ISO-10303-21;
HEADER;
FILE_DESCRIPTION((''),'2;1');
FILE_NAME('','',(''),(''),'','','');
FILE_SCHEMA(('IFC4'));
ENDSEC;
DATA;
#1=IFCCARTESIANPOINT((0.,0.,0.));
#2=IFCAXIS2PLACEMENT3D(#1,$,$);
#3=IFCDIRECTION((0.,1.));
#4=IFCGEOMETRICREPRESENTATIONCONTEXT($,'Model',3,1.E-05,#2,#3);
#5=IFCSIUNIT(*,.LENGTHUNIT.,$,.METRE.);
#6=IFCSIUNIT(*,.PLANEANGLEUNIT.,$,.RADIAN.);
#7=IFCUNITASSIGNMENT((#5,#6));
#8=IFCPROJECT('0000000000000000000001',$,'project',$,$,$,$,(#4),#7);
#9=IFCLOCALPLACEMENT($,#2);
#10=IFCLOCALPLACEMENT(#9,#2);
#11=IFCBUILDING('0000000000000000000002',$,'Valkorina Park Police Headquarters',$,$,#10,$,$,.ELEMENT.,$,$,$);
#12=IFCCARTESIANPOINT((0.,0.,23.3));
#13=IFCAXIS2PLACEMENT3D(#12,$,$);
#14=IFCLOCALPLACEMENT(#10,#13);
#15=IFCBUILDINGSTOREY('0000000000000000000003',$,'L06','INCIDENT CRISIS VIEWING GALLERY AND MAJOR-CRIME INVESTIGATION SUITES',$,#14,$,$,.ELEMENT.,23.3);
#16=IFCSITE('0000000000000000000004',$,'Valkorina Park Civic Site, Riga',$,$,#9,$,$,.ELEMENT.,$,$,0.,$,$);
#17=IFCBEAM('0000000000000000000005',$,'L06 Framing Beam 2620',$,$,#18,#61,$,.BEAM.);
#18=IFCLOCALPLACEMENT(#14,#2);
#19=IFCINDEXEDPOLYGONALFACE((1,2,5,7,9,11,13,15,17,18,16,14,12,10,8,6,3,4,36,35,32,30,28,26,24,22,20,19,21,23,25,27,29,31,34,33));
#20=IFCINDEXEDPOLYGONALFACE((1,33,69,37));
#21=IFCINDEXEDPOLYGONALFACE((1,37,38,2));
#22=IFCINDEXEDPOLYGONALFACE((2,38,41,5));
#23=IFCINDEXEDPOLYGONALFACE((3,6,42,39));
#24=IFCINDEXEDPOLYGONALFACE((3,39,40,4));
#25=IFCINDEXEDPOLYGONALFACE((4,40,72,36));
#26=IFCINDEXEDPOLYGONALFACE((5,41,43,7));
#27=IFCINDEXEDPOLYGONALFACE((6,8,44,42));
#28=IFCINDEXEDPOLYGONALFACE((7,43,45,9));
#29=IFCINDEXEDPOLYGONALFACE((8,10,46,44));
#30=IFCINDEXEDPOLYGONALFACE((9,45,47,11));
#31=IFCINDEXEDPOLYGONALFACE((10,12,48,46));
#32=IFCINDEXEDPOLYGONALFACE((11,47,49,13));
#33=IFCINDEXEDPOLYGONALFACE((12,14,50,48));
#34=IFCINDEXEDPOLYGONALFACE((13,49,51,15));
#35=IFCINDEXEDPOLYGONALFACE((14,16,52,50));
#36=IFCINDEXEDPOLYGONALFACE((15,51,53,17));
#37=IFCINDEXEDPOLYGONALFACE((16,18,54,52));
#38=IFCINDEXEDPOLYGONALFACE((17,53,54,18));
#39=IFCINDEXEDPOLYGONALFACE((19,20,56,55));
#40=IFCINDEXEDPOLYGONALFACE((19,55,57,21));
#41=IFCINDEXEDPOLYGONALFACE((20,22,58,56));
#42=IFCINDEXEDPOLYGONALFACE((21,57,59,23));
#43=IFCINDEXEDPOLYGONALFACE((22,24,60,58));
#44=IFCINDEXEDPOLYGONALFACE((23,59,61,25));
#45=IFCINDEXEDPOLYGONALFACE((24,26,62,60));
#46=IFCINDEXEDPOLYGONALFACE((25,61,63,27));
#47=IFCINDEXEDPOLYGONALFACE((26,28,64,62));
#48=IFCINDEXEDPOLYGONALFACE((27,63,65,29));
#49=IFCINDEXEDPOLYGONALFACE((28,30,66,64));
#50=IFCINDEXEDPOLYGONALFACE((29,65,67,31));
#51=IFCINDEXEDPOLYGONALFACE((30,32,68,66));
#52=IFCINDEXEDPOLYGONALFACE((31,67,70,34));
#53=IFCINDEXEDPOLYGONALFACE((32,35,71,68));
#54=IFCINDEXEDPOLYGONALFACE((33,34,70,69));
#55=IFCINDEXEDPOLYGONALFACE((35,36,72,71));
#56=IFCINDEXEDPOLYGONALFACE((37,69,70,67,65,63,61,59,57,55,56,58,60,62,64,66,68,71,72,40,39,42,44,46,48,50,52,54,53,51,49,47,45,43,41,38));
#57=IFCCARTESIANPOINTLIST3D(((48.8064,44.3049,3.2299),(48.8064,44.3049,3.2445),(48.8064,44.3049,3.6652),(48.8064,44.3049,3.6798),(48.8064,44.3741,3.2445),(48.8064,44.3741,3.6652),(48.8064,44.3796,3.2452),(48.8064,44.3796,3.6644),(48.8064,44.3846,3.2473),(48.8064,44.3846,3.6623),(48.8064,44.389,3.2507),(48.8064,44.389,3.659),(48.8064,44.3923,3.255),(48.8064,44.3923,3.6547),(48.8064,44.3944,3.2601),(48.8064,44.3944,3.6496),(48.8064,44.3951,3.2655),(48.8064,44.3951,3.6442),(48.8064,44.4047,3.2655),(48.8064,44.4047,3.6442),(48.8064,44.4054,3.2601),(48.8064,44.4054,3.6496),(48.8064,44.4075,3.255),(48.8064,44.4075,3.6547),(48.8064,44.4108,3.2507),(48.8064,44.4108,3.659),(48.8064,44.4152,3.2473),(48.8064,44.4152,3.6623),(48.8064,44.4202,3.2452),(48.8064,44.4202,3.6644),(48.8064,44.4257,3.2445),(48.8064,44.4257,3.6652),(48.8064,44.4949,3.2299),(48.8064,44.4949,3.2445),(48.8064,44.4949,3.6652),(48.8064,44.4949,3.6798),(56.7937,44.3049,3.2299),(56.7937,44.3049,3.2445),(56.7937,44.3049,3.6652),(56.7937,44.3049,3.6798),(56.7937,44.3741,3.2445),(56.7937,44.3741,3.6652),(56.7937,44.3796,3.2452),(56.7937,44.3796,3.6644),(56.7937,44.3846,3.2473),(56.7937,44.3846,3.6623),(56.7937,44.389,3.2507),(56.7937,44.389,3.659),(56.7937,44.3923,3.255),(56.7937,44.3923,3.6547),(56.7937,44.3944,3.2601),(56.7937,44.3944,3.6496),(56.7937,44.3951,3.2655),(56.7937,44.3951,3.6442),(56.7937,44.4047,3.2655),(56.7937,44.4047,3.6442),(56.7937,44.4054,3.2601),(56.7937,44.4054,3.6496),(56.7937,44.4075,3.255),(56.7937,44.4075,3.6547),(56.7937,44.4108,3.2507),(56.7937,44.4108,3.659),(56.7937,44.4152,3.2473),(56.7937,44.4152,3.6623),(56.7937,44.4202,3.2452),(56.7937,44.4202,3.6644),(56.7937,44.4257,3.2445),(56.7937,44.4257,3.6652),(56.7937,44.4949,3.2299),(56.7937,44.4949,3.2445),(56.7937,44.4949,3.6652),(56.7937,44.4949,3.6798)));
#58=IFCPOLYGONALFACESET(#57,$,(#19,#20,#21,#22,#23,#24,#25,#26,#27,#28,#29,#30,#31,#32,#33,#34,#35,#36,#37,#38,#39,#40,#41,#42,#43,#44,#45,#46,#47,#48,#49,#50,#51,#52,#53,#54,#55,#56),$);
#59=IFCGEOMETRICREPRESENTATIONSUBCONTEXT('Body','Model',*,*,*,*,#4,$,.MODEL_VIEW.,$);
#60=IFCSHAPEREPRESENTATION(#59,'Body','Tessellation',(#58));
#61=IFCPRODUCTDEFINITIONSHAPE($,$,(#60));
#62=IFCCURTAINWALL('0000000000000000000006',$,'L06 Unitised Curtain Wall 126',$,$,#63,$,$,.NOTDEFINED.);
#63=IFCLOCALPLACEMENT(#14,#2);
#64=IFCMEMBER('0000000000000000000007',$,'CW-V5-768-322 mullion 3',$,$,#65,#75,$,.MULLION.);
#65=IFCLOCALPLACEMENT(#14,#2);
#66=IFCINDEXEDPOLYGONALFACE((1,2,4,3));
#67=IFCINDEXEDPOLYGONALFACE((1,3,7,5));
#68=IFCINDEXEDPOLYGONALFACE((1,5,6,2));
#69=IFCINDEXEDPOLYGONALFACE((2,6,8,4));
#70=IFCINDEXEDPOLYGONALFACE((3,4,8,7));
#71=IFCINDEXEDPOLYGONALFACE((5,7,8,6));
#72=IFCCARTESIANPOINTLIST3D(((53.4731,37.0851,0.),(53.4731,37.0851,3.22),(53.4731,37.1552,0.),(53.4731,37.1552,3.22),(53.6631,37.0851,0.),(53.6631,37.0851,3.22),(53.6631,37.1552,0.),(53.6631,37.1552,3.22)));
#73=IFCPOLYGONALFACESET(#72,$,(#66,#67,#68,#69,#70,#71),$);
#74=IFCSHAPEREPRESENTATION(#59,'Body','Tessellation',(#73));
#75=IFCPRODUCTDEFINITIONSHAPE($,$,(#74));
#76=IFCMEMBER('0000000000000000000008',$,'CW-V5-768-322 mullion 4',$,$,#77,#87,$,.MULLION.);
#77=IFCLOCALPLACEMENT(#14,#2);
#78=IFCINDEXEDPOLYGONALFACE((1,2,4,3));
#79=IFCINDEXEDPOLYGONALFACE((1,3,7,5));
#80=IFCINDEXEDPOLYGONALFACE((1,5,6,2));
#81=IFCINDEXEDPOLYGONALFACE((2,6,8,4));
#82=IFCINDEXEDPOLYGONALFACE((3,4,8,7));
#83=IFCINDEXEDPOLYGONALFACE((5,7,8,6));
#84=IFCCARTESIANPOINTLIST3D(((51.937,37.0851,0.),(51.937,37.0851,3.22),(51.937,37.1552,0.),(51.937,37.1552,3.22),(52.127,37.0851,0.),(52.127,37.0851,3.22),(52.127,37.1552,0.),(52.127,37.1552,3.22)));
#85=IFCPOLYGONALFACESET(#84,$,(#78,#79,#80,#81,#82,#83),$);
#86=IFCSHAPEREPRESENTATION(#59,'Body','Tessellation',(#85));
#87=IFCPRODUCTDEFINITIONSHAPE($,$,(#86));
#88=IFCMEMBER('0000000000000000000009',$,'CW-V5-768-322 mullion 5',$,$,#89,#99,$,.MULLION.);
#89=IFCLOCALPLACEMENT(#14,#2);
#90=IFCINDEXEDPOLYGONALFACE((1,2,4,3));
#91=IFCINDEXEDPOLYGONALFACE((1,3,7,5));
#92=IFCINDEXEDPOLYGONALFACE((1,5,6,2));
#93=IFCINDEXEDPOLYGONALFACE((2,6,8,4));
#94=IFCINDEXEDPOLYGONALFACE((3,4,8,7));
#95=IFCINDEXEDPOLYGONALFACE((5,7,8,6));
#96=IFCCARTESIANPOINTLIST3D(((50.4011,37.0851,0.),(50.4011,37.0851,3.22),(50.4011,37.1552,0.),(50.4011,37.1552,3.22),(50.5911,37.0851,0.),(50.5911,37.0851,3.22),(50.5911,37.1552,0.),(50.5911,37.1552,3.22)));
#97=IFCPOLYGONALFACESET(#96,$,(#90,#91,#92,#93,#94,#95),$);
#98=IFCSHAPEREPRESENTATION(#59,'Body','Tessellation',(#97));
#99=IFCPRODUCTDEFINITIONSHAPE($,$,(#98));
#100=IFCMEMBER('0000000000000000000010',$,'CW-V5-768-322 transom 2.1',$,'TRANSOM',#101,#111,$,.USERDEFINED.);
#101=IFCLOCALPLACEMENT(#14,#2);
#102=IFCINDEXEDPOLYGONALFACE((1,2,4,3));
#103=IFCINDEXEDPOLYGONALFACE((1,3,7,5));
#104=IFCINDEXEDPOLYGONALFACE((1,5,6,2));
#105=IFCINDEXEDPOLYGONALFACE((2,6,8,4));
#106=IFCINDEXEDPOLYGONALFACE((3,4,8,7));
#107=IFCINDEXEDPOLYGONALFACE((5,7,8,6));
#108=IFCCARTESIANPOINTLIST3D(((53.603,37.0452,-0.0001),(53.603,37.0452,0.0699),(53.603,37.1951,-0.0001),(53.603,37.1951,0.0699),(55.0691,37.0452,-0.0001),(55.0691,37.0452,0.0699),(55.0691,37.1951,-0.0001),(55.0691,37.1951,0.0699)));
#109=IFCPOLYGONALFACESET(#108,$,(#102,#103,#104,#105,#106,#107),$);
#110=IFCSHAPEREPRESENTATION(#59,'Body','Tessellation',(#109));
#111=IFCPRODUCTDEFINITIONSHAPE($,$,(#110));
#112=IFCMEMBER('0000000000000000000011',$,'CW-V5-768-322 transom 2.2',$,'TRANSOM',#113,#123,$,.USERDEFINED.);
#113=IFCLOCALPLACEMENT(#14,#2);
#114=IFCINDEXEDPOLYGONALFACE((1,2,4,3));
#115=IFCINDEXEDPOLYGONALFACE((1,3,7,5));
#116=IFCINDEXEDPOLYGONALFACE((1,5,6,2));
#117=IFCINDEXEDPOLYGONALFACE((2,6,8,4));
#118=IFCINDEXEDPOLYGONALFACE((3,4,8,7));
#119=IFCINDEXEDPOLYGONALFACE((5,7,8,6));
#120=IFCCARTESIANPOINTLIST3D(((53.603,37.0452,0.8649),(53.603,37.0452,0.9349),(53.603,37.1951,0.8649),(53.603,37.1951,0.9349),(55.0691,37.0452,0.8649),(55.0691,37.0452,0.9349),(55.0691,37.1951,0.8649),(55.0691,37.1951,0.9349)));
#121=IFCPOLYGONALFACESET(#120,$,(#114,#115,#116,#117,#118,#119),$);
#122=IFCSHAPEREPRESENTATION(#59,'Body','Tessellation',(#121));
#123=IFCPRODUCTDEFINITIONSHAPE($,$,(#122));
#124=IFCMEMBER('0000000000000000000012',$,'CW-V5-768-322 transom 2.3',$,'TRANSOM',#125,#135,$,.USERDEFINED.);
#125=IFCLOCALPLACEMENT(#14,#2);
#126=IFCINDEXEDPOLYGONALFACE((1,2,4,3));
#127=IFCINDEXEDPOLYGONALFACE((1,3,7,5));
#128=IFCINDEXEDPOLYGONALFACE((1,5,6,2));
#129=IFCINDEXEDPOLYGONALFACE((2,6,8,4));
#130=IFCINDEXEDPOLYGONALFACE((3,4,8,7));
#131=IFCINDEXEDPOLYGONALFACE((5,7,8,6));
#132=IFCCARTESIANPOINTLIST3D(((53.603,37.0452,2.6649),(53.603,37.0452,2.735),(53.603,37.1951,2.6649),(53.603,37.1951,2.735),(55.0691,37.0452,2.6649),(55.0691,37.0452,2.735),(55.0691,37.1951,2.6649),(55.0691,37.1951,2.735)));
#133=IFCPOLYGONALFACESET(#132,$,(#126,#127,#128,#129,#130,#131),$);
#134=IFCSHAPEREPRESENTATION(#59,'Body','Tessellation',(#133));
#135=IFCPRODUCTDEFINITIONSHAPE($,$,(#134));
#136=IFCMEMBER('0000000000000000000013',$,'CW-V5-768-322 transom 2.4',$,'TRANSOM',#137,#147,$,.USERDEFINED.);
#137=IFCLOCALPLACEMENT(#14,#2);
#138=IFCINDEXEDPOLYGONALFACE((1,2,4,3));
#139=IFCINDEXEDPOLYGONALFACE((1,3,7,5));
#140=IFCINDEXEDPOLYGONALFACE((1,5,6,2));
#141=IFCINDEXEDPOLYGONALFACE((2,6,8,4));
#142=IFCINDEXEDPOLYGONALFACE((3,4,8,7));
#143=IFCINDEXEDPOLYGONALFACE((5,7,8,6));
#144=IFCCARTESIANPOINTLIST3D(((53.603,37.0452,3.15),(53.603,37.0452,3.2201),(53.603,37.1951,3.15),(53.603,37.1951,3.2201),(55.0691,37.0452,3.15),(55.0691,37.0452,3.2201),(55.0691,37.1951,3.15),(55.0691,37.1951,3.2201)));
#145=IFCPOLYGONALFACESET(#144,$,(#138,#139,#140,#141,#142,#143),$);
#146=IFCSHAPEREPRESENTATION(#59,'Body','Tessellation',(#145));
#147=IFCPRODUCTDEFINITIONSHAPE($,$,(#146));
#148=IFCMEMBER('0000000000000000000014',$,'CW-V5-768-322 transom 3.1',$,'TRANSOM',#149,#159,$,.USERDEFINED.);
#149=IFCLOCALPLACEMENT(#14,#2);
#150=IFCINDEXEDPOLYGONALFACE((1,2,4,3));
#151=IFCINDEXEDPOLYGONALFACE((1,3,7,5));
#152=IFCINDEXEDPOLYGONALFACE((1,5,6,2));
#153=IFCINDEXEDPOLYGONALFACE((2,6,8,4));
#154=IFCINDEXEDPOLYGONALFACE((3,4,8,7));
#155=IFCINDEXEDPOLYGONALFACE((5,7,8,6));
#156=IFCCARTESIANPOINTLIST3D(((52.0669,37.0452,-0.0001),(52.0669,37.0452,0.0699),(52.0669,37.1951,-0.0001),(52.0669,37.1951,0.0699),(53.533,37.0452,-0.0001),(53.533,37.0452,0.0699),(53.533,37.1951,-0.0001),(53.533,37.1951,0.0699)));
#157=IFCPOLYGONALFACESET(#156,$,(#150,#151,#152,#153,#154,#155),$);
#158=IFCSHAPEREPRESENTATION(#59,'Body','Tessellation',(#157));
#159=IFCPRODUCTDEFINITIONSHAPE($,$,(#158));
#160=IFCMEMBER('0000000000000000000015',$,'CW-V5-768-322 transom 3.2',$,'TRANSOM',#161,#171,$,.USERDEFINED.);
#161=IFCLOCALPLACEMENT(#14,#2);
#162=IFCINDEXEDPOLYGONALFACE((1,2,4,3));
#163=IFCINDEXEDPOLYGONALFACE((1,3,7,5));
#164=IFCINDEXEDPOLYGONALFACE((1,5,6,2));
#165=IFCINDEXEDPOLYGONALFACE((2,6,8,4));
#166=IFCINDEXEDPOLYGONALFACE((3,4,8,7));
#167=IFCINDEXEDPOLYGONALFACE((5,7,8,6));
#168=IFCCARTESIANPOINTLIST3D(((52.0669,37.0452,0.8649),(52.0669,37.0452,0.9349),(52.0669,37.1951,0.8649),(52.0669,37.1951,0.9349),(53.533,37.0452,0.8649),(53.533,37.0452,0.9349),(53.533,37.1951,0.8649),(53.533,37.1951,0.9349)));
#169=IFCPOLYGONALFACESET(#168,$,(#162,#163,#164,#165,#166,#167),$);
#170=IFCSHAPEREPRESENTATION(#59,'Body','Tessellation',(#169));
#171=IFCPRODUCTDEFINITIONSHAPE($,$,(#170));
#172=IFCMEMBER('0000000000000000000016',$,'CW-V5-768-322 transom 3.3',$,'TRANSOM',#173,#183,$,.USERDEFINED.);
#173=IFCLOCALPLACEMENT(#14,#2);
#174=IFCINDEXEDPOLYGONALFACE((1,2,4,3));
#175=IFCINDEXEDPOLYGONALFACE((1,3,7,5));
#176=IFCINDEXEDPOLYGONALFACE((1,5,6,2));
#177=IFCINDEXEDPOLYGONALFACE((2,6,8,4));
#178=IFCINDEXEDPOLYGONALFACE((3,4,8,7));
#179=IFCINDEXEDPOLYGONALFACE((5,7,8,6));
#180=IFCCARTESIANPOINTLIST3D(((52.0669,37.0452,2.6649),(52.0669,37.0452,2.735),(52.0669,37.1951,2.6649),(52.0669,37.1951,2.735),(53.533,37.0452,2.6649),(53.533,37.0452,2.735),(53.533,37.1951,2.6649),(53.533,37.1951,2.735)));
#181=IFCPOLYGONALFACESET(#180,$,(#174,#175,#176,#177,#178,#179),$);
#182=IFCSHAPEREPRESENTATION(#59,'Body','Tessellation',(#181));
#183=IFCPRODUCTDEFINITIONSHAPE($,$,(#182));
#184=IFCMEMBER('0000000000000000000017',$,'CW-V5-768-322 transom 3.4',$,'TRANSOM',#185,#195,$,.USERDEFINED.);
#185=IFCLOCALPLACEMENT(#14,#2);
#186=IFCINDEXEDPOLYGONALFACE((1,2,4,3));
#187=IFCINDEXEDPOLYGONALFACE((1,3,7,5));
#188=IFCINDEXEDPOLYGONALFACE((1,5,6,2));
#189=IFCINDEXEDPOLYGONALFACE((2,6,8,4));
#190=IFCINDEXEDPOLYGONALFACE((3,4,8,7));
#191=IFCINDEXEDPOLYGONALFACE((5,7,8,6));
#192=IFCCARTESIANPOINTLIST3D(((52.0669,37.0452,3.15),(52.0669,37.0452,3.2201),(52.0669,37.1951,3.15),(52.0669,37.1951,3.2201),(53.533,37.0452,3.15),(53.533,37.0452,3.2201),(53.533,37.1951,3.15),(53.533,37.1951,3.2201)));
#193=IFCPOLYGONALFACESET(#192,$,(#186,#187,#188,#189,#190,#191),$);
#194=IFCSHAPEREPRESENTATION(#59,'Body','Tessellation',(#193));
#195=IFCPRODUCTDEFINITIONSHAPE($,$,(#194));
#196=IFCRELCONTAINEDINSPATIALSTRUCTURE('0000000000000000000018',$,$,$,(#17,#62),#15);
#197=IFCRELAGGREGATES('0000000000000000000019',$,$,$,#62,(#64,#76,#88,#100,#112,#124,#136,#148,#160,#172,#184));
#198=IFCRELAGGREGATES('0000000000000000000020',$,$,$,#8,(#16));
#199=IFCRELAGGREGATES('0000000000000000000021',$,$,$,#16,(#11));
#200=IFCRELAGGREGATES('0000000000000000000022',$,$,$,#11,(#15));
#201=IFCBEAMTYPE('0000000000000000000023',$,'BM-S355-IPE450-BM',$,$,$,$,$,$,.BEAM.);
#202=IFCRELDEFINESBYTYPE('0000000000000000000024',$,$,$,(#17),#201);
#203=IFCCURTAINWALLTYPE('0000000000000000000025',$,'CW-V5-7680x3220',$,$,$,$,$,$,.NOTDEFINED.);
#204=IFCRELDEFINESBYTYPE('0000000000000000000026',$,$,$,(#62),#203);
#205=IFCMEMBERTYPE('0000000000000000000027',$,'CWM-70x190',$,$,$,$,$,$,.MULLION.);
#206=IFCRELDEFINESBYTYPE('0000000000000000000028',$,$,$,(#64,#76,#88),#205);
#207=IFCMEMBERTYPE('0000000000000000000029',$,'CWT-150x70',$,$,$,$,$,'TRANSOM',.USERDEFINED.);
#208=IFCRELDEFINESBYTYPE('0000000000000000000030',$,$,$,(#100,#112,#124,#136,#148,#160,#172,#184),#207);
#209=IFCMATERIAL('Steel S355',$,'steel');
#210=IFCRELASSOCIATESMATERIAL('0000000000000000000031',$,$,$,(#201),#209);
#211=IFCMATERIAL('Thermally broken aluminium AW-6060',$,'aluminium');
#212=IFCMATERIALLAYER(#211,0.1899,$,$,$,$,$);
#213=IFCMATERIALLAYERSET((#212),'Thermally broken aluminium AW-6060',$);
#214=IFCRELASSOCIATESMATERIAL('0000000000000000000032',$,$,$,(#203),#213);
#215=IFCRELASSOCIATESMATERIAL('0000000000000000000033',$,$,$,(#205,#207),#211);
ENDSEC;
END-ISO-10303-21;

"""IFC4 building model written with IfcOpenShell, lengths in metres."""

from ifc_helpers import new_model, si_unit, direction, frame, origin, origin_2d, place, context, subcontext, project, spatial, rectangle, i_section, extrude, material, layer, layer_set, material_profile, profile_set, type_object, element, aggregate, save


model = new_model("IFC4")

# Units and contexts
model_context = context("Model", 3, precision=1e-05, world=origin(), true_north=direction((0.0, 1.0)))
body_context = subcontext(model_context, "Body", "Model", "MODEL_VIEW")
ifc_project = project(units=[si_unit("LENGTHUNIT", "METRE"), si_unit("PLANEANGLEUNIT", "RADIAN")], contexts=[model_context])

# Site, building, storey
site_placement = place(None, origin())
site = spatial("IfcSite", under=ifc_project, at=site_placement, Name="Valkorina Park Civic Site, Riga", CompositionType="ELEMENT", RefElevation=0.0)
building_placement = place(site_placement, origin())
building = spatial("IfcBuilding", under=site, at=building_placement, Name="Valkorina Park Police Headquarters", CompositionType="ELEMENT")
storey_placement = place(building_placement, frame((0.0, 0.0, 23.3)))
storey = spatial("IfcBuildingStorey", under=building, at=storey_placement, Name="L06", Description="INCIDENT CRISIS VIEWING GALLERY AND MAJOR-CRIME INVESTIGATION SUITES", CompositionType="ELEMENT", Elevation=23.3)

# Shared definitions
ifc_material_1 = material(Name="Steel S355", Category="steel")

# Beam
ifc_material_profile_1 = material_profile(ifc_material_1, i_section(OverallWidth=0.1899, OverallDepth=0.45, WebThickness=0.0095, FlangeThickness=0.0146, FilletRadius=0.021, at=origin_2d()), Name="IPE 450")
ifc_profile_set_1 = profile_set([ifc_material_profile_1], Name="Steel S355")
beam_type_1 = type_object("IfcBeamType", Name="BM-S355-IPE450-BM", PredefinedType="BEAM", material=ifc_profile_set_1)
beam_1_placement = place(storey_placement, frame((48.8064, 44.3999, 3.4548), z_axis=(1.0, 0.0, 0.0), x_axis=(0.0, 1.0, 0.0)))
element("IfcBeam", 1, at=beam_1_placement, inside=storey, type_object=beam_type_1, Name="L06 Framing Beam 2620", PredefinedType="BEAM", context=body_context, shape_type="SweptSolid", body=[
    extrude(i_section(OverallWidth=0.1899, OverallDepth=0.45, WebThickness=0.0095, FlangeThickness=0.0146, FilletRadius=0.021, at=origin_2d()), origin(), (0.0, 0.0, 1.0), 7.9873),
])

# Curtain wall, members
ifc_material_2 = material(Name="Thermally broken aluminium AW-6060", Category="aluminium")
ifc_layer_1 = layer(ifc_material_2, 0.1899)
ifc_layer_set_1 = layer_set([ifc_layer_1], Name="Thermally broken aluminium AW-6060")
curtain_wall_type = type_object("IfcCurtainWallType", Name="CW-V5-7680x3220", PredefinedType="NOTDEFINED", material=ifc_layer_set_1)
curtain_wall_placement = place(storey_placement, origin())
curtain_wall = element("IfcCurtainWall", 2, at=curtain_wall_placement, inside=storey, type_object=curtain_wall_type, Name="L06 Unitised Curtain Wall 126", PredefinedType="NOTDEFINED")
ifc_material_profile_2 = material_profile(ifc_material_2, rectangle(XDim=0.0701, YDim=0.1899, at=origin_2d()), Name="CWM-02 70x190")
ifc_profile_set_2 = profile_set([ifc_material_profile_2], Name="Thermally broken aluminium AW-6060")
member_type_1 = type_object("IfcMemberType", Name="CWM-70x190", PredefinedType="MULLION", material=ifc_profile_set_2)
member_1_placement = place(storey_placement, frame((53.5681, 37.1201, 0.0), z_axis=(0.0, 0.0, 1.0), x_axis=(0.0, -1.0, 0.0)))
member_1 = element("IfcMember", 3, at=member_1_placement, type_object=member_type_1, Name="CW-V5-768-322 mullion 3", PredefinedType="MULLION", context=body_context, shape_type="SweptSolid", body=[
    extrude(rectangle(XDim=0.0701, YDim=0.1899, at=origin_2d()), origin(), (0.0, 0.0, 1.0), 3.22),
])
member_2_placement = place(storey_placement, frame((52.032, 37.1201, 0.0), z_axis=(0.0, 0.0, 1.0), x_axis=(0.0, -1.0, 0.0)))
member_2 = element("IfcMember", 4, at=member_2_placement, type_object=member_type_1, Name="CW-V5-768-322 mullion 4", PredefinedType="MULLION", context=body_context, shape_type="SweptSolid", body=[
    extrude(rectangle(XDim=0.0701, YDim=0.1899, at=origin_2d()), origin(), (0.0, 0.0, 1.0), 3.22),
])
member_3_placement = place(storey_placement, frame((50.4961, 37.1201, 0.0), z_axis=(0.0, 0.0, 1.0), x_axis=(0.0, -1.0, 0.0)))
member_3 = element("IfcMember", 5, at=member_3_placement, type_object=member_type_1, Name="CW-V5-768-322 mullion 5", PredefinedType="MULLION", context=body_context, shape_type="SweptSolid", body=[
    extrude(rectangle(XDim=0.0701, YDim=0.1899, at=origin_2d()), origin(), (0.0, 0.0, 1.0), 3.22),
])
ifc_material_profile_3 = material_profile(ifc_material_2, rectangle(XDim=0.1499, YDim=0.0701, at=origin_2d()), Name="CWT-02 150x70")
ifc_profile_set_3 = profile_set([ifc_material_profile_3], Name="Thermally broken aluminium AW-6060")
member_type_2 = type_object("IfcMemberType", Name="CWT-150x70", ElementType="TRANSOM", PredefinedType="USERDEFINED", material=ifc_profile_set_3)
member_4_placement = place(storey_placement, frame((55.0691, 37.1201, 0.0349), z_axis=(-1.0, 0.0, 0.0), x_axis=(0.0, -1.0, 0.0)))
member_4 = element("IfcMember", 6, at=member_4_placement, type_object=member_type_2, Name="CW-V5-768-322 transom 2.1", ObjectType="TRANSOM", PredefinedType="USERDEFINED", context=body_context, shape_type="SweptSolid", body=[
    extrude(rectangle(XDim=0.1499, YDim=0.0701, at=origin_2d()), origin(), (0.0, 0.0, 1.0), 1.4661),
])
member_5_placement = place(storey_placement, frame((55.0691, 37.1201, 0.8999), z_axis=(-1.0, 0.0, 0.0), x_axis=(0.0, -1.0, 0.0)))
member_5 = element("IfcMember", 7, at=member_5_placement, type_object=member_type_2, Name="CW-V5-768-322 transom 2.2", ObjectType="TRANSOM", PredefinedType="USERDEFINED", context=body_context, shape_type="SweptSolid", body=[
    extrude(rectangle(XDim=0.1499, YDim=0.0701, at=origin_2d()), origin(), (0.0, 0.0, 1.0), 1.4661),
])
member_6_placement = place(storey_placement, frame((55.0691, 37.1201, 2.7), z_axis=(-1.0, 0.0, 0.0), x_axis=(0.0, -1.0, 0.0)))
member_6 = element("IfcMember", 8, at=member_6_placement, type_object=member_type_2, Name="CW-V5-768-322 transom 2.3", ObjectType="TRANSOM", PredefinedType="USERDEFINED", context=body_context, shape_type="SweptSolid", body=[
    extrude(rectangle(XDim=0.1499, YDim=0.0701, at=origin_2d()), origin(), (0.0, 0.0, 1.0), 1.4661),
])
member_7_placement = place(storey_placement, frame((55.0691, 37.1201, 3.1851), z_axis=(-1.0, 0.0, 0.0), x_axis=(0.0, -1.0, 0.0)))
member_7 = element("IfcMember", 9, at=member_7_placement, type_object=member_type_2, Name="CW-V5-768-322 transom 2.4", ObjectType="TRANSOM", PredefinedType="USERDEFINED", context=body_context, shape_type="SweptSolid", body=[
    extrude(rectangle(XDim=0.1499, YDim=0.0701, at=origin_2d()), origin(), (0.0, 0.0, 1.0), 1.4661),
])
member_8_placement = place(storey_placement, frame((53.533, 37.1201, 0.0349), z_axis=(-1.0, 0.0, 0.0), x_axis=(0.0, -1.0, 0.0)))
member_8 = element("IfcMember", 10, at=member_8_placement, type_object=member_type_2, Name="CW-V5-768-322 transom 3.1", ObjectType="TRANSOM", PredefinedType="USERDEFINED", context=body_context, shape_type="SweptSolid", body=[
    extrude(rectangle(XDim=0.1499, YDim=0.0701, at=origin_2d()), origin(), (0.0, 0.0, 1.0), 1.4661),
])
member_9_placement = place(storey_placement, frame((53.533, 37.1201, 0.8999), z_axis=(-1.0, 0.0, 0.0), x_axis=(0.0, -1.0, 0.0)))
member_9 = element("IfcMember", 11, at=member_9_placement, type_object=member_type_2, Name="CW-V5-768-322 transom 3.2", ObjectType="TRANSOM", PredefinedType="USERDEFINED", context=body_context, shape_type="SweptSolid", body=[
    extrude(rectangle(XDim=0.1499, YDim=0.0701, at=origin_2d()), origin(), (0.0, 0.0, 1.0), 1.4661),
])
member_10_placement = place(storey_placement, frame((53.533, 37.1201, 2.7), z_axis=(-1.0, 0.0, 0.0), x_axis=(0.0, -1.0, 0.0)))
member_10 = element("IfcMember", 12, at=member_10_placement, type_object=member_type_2, Name="CW-V5-768-322 transom 3.3", ObjectType="TRANSOM", PredefinedType="USERDEFINED", context=body_context, shape_type="SweptSolid", body=[
    extrude(rectangle(XDim=0.1499, YDim=0.0701, at=origin_2d()), origin(), (0.0, 0.0, 1.0), 1.4661),
])
member_11_placement = place(storey_placement, frame((53.533, 37.1201, 3.1851), z_axis=(-1.0, 0.0, 0.0), x_axis=(0.0, -1.0, 0.0)))
member_11 = element("IfcMember", 13, at=member_11_placement, type_object=member_type_2, Name="CW-V5-768-322 transom 3.4", ObjectType="TRANSOM", PredefinedType="USERDEFINED", context=body_context, shape_type="SweptSolid", body=[
    extrude(rectangle(XDim=0.1499, YDim=0.0701, at=origin_2d()), origin(), (0.0, 0.0, 1.0), 1.4661),
])
aggregate(curtain_wall, [member_1, member_2, member_3, member_4, member_5, member_6, member_7, member_8, member_9, member_10, member_11])

save(model, "model.ifc")
